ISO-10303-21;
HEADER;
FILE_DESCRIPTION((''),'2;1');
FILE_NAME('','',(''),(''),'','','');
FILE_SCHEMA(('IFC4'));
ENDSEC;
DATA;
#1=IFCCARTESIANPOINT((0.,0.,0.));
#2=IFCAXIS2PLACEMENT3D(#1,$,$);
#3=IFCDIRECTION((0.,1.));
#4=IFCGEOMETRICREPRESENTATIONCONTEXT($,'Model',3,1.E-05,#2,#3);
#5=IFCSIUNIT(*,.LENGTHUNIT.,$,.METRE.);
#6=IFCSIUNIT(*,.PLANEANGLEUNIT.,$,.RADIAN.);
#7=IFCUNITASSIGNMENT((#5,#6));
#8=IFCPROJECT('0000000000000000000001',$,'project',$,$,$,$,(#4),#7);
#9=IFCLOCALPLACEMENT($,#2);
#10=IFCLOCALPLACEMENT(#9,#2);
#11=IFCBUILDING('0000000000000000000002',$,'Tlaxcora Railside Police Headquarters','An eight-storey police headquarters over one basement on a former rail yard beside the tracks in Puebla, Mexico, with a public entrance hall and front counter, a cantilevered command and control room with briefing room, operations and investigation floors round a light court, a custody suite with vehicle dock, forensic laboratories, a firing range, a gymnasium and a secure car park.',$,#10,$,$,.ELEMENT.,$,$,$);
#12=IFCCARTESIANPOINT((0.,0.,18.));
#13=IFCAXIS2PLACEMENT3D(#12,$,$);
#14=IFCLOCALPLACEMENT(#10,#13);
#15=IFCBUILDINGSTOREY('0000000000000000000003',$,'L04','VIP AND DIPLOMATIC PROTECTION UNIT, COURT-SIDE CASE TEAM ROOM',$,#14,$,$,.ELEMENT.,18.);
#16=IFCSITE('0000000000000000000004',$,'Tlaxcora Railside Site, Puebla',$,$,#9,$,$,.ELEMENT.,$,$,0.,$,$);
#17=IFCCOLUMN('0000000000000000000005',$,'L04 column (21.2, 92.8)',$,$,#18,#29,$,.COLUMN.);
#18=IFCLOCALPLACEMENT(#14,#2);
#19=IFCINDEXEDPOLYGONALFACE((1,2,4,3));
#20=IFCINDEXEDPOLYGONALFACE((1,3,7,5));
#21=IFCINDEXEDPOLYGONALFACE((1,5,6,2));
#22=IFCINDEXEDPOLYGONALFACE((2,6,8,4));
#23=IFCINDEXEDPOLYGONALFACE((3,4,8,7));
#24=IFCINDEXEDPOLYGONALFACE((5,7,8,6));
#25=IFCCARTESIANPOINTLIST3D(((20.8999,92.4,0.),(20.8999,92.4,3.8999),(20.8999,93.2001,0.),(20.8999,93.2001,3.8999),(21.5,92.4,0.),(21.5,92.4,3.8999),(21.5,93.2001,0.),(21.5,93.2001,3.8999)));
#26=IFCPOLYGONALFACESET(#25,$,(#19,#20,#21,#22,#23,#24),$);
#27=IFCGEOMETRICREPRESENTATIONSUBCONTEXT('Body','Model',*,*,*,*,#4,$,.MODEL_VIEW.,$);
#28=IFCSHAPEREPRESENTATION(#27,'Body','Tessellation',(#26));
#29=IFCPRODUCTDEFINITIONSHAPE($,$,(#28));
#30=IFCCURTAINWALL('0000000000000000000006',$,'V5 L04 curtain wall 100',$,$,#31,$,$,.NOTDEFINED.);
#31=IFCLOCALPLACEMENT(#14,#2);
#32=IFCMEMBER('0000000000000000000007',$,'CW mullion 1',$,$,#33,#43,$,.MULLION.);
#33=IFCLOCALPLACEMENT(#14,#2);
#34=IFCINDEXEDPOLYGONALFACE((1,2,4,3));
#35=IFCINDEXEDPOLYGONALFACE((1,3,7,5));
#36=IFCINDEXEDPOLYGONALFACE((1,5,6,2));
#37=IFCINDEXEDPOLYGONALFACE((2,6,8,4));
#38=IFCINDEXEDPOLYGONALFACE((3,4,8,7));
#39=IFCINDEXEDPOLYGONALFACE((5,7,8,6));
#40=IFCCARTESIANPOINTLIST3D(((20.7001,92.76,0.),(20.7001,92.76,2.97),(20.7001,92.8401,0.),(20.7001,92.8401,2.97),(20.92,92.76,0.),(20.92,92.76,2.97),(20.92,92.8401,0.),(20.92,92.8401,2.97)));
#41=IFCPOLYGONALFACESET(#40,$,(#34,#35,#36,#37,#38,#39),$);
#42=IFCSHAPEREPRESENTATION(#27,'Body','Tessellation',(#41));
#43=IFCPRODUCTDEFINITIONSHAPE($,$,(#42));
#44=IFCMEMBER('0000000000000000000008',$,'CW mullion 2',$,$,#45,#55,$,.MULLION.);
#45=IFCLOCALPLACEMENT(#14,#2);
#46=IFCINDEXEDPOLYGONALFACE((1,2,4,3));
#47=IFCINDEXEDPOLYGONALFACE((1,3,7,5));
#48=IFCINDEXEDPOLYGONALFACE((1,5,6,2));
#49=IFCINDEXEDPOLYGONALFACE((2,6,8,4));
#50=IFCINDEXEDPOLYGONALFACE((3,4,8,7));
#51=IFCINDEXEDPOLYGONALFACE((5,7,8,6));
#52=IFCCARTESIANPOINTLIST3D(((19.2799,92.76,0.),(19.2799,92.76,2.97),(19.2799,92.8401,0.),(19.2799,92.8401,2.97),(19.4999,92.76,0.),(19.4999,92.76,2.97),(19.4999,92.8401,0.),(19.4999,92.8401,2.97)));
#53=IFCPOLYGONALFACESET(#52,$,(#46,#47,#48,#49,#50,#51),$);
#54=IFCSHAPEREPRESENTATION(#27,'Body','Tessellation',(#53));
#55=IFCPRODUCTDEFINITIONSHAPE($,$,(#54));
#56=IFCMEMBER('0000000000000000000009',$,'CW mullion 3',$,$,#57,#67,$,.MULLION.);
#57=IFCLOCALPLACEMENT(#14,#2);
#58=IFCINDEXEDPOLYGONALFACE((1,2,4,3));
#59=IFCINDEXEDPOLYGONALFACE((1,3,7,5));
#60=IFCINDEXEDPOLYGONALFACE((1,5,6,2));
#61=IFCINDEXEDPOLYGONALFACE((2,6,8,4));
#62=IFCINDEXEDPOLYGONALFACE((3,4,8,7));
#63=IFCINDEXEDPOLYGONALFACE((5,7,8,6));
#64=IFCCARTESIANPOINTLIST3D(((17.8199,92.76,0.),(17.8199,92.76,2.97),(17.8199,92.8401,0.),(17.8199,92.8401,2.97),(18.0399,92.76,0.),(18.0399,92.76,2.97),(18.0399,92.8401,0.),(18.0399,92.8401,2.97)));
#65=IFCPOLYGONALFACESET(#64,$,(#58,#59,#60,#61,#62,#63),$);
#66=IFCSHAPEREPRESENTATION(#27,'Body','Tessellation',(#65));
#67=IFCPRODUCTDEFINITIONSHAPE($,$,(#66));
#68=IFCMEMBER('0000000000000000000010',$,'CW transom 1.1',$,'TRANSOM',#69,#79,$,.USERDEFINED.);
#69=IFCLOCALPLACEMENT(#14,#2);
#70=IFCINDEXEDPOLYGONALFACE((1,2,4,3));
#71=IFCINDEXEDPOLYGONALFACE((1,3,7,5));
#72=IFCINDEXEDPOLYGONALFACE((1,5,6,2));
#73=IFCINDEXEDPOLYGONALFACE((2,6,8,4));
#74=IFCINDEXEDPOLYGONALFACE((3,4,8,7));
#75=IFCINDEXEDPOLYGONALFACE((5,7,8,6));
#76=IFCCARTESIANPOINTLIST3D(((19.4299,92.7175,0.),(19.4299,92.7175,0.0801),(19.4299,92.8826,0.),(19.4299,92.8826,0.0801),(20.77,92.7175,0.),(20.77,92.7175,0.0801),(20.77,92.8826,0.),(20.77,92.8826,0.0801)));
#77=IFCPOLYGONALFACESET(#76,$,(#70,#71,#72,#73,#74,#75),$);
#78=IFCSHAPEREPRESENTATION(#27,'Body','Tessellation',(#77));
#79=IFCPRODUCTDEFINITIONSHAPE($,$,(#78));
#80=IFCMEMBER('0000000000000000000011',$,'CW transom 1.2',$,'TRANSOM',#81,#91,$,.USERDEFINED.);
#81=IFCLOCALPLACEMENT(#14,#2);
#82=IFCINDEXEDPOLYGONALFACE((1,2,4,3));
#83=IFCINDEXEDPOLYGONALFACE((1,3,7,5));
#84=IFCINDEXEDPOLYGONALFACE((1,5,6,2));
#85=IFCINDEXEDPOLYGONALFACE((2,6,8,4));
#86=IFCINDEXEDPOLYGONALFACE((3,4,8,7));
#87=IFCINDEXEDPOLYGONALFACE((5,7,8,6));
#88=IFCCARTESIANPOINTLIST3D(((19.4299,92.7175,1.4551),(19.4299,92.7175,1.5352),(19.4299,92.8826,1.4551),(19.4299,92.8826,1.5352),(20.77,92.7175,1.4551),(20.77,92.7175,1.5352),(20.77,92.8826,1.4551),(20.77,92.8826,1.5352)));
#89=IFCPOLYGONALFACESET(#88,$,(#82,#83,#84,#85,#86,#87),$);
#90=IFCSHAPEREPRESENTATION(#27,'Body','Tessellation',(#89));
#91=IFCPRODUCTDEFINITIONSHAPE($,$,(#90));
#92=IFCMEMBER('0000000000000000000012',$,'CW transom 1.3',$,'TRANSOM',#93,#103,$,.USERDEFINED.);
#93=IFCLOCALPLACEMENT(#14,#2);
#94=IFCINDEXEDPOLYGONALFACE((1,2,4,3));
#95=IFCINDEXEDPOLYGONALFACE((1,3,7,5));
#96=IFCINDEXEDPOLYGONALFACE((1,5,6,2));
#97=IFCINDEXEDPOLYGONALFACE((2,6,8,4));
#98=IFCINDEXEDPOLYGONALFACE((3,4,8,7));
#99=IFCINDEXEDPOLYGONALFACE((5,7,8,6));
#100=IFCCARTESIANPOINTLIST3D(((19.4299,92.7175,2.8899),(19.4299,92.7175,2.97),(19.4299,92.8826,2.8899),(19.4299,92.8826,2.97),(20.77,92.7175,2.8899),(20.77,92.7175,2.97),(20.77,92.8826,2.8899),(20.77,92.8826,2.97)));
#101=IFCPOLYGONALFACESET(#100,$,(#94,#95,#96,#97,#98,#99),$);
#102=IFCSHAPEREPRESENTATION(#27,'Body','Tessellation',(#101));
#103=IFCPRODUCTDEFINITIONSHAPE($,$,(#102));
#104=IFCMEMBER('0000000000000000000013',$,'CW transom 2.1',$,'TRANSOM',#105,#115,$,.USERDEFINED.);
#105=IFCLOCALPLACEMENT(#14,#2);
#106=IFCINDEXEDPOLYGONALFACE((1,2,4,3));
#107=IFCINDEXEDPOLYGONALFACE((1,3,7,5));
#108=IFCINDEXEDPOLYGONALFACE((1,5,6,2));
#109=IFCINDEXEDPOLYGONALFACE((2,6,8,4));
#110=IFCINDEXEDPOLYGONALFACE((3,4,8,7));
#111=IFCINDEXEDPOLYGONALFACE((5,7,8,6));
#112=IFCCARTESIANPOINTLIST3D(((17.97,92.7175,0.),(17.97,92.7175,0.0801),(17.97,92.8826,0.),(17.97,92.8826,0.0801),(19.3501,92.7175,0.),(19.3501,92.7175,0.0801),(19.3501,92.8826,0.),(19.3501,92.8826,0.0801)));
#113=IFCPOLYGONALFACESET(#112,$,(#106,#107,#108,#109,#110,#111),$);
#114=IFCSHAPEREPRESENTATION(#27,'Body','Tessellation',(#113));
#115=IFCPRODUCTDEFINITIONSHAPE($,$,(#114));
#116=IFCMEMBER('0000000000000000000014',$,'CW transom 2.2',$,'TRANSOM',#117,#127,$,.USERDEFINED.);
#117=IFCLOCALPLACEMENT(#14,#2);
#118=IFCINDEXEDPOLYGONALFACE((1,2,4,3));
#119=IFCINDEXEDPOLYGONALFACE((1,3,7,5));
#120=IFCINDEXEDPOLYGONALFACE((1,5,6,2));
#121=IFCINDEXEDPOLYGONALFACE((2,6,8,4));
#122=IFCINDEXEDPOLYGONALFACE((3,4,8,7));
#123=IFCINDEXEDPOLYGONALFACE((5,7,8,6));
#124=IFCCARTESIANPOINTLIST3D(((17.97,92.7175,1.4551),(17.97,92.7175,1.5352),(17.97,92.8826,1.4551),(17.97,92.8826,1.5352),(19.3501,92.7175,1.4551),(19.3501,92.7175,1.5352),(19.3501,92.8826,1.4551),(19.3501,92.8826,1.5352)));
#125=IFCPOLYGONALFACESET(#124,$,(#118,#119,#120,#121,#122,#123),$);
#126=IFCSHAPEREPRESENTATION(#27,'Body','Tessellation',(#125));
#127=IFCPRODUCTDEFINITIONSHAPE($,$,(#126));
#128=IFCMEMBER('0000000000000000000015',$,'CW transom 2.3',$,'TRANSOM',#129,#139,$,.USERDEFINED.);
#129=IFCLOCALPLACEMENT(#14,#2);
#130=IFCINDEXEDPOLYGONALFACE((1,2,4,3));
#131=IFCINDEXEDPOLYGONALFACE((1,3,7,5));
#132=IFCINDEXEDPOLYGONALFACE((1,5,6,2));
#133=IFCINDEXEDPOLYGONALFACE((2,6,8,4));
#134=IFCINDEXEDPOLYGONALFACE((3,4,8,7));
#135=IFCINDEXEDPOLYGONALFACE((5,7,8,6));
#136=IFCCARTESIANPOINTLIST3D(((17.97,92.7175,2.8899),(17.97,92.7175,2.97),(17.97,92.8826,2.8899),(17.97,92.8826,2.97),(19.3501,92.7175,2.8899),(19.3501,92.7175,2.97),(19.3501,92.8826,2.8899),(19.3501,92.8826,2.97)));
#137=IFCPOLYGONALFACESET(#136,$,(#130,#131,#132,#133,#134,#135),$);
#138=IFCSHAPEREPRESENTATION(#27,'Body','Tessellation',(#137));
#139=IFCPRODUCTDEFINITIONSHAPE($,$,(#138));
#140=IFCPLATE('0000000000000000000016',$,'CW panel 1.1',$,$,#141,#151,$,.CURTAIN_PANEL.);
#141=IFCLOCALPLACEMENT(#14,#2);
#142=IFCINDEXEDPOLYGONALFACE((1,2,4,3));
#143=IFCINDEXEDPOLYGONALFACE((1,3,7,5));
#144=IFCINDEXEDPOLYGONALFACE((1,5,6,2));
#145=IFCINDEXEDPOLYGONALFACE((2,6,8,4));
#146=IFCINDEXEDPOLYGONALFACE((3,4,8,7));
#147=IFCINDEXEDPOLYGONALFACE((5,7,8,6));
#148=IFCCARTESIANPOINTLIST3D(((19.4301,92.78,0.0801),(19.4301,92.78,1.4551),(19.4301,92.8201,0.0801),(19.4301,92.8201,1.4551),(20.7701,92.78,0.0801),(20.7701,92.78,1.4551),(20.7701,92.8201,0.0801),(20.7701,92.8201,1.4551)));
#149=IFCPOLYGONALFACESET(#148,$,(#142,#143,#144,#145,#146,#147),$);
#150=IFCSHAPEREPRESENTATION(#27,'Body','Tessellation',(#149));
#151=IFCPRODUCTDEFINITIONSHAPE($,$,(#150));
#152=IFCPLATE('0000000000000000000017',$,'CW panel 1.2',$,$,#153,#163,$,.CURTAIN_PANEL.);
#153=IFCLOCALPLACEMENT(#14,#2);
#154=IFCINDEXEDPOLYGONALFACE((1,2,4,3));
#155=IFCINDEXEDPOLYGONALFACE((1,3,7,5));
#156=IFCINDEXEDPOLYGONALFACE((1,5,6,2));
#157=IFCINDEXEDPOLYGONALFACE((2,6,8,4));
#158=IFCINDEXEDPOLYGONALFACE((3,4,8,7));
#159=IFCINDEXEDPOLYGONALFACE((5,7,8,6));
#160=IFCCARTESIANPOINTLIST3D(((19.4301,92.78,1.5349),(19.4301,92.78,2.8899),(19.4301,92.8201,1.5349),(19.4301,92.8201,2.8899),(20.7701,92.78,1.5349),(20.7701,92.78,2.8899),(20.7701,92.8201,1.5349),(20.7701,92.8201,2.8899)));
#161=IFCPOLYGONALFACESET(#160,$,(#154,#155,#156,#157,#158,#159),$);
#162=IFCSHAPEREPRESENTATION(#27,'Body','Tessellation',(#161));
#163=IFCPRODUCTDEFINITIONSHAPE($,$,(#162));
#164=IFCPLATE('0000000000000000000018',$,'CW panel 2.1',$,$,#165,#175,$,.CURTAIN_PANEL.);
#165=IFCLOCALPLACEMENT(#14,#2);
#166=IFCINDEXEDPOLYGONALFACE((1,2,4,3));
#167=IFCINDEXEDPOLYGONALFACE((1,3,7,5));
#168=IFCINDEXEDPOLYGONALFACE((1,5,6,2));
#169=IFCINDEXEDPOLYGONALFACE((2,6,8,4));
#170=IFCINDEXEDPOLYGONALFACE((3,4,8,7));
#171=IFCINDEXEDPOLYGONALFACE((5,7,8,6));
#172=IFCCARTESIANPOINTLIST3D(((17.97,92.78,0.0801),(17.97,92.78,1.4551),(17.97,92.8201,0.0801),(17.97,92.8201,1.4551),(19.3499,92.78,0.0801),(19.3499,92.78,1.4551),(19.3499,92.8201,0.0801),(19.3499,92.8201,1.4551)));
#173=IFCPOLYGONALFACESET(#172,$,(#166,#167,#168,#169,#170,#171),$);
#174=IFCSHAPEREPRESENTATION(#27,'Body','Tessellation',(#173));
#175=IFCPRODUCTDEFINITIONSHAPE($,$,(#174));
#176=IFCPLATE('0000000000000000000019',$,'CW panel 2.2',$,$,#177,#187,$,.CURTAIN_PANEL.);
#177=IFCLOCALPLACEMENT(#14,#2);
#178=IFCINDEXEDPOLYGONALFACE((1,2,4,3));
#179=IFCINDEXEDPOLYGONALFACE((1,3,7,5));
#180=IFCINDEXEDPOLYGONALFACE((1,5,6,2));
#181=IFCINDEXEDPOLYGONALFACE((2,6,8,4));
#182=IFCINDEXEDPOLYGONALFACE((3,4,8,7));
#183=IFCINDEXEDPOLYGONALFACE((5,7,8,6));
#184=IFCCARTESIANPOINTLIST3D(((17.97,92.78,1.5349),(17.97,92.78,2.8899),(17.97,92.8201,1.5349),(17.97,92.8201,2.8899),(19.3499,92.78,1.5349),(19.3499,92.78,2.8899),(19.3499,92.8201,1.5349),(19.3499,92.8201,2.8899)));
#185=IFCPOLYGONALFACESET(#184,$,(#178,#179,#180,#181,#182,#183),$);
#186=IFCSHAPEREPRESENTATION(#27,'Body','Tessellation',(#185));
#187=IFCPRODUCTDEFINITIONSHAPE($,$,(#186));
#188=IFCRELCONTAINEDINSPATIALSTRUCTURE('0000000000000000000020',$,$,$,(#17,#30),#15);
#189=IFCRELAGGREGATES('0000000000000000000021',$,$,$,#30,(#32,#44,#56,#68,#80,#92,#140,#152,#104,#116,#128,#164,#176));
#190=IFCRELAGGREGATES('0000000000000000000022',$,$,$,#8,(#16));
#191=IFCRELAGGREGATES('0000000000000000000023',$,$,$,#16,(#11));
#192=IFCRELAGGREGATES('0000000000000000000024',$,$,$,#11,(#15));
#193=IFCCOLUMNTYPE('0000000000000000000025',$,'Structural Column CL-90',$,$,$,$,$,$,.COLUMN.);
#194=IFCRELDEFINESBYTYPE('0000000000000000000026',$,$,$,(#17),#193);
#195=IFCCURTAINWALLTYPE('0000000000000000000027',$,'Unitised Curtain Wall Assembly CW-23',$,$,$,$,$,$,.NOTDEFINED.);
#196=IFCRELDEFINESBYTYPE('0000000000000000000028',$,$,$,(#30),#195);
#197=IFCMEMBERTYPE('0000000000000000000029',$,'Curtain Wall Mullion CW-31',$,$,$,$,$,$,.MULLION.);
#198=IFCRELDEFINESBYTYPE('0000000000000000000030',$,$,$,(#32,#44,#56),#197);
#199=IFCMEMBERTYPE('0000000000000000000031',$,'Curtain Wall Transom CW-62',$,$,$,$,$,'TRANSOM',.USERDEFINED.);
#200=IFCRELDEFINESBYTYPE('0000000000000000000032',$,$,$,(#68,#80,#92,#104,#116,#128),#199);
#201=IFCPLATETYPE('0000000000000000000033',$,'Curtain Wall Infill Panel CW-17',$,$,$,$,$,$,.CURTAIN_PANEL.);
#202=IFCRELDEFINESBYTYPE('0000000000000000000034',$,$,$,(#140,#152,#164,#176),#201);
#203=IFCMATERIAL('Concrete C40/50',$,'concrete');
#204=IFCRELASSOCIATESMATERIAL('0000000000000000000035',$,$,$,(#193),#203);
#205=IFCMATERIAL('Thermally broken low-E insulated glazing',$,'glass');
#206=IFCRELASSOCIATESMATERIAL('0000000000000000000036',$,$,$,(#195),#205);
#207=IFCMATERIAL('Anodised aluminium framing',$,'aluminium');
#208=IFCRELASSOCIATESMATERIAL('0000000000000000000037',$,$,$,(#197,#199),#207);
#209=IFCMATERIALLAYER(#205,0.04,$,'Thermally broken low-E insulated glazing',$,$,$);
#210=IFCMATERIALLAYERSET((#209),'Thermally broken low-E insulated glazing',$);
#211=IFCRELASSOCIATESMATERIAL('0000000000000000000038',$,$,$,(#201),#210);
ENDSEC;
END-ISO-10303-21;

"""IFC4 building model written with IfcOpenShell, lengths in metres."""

from ifc_helpers import new_model, si_unit, direction, frame, origin, origin_2d, place, context, subcontext, project, spatial, rectangle, extrude, material, layer, layer_set, material_profile, profile_set, type_object, element, aggregate, save


model = new_model("IFC4")

# Units and contexts
model_context = context("Model", 3, precision=1e-05, world=origin(), true_north=direction((0.0, 1.0)))
body_context = subcontext(model_context, "Body", "Model", "MODEL_VIEW")
ifc_project = project(units=[si_unit("LENGTHUNIT", "METRE"), si_unit("PLANEANGLEUNIT", "RADIAN")], contexts=[model_context])

# Site, building, storey
site_placement = place(None, origin())
site = spatial("IfcSite", under=ifc_project, at=site_placement, Name="Tlaxcora Railside Site, Puebla", CompositionType="ELEMENT", RefElevation=0.0)
building_placement = place(site_placement, origin())
building = spatial("IfcBuilding", under=site, at=building_placement, Name="Tlaxcora Railside Police Headquarters", Description="An eight-storey police headquarters over one basement on a former rail yard beside the tracks in Puebla, Mexico, with a public entrance hall and front counter, a cantilevered command and control room with briefing room, operations and investigation floors round a light court, a custody suite with vehicle dock, forensic laboratories, a firing range, a gymnasium and a secure car park.", CompositionType="ELEMENT")
storey_placement = place(building_placement, frame((0.0, 0.0, 18.0)))
storey = spatial("IfcBuildingStorey", under=building, at=storey_placement, Name="L04", Description="VIP AND DIPLOMATIC PROTECTION UNIT, COURT-SIDE CASE TEAM ROOM", CompositionType="ELEMENT", Elevation=18.0)

# Column
ifc_material_1 = material(Name="Concrete C40/50", Category="concrete")
ifc_material_profile_1 = material_profile(ifc_material_1, rectangle(XDim=0.6001, YDim=0.8, at=origin_2d()), Name="RC600X800")
ifc_profile_set_1 = profile_set([ifc_material_profile_1], Name="Concrete C40/50")
column_type = type_object("IfcColumnType", Name="Structural Column CL-90", PredefinedType="COLUMN", material=ifc_profile_set_1)
column_placement = place(storey_placement, frame((21.2, 92.8, 0.0), z_axis=(0.0, 0.0, 1.0), x_axis=(1.0, 0.0, 0.0)))
element("IfcColumn", 1, at=column_placement, inside=storey, type_object=column_type, Name="L04 column (21.2, 92.8)", PredefinedType="COLUMN", context=body_context, shape_type="SweptSolid", body=[
    extrude(rectangle(XDim=0.6001, YDim=0.8, at=origin_2d()), origin(), (0.0, 0.0, 1.0), 3.8999),
])

# Curtain wall, members, plates
ifc_material_2 = material(Name="Thermally broken low-E insulated glazing", Category="glass")
curtain_wall_type = type_object("IfcCurtainWallType", Name="Unitised Curtain Wall Assembly CW-23", PredefinedType="NOTDEFINED", material=ifc_material_2)
curtain_wall_placement = place(storey_placement, origin())
curtain_wall = element("IfcCurtainWall", 2, at=curtain_wall_placement, inside=storey, type_object=curtain_wall_type, Name="V5 L04 curtain wall 100", PredefinedType="NOTDEFINED")
ifc_material_3 = material(Name="Anodised aluminium framing", Category="aluminium")
ifc_material_profile_2 = material_profile(ifc_material_3, rectangle(XDim=0.0801, YDim=0.22, at=origin_2d()), Name="AL80X220")
ifc_profile_set_2 = profile_set([ifc_material_profile_2], Name="Anodised aluminium framing")
member_type_1 = type_object("IfcMemberType", Name="Curtain Wall Mullion CW-31", PredefinedType="MULLION", material=ifc_profile_set_2)
member_1_placement = place(storey_placement, frame((20.8101, 92.8, 0.0), z_axis=(0.0, 0.0, 1.0), x_axis=(0.0, -1.0, 0.0)))
member_1 = element("IfcMember", 3, at=member_1_placement, type_object=member_type_1, Name="CW mullion 1", PredefinedType="MULLION", context=body_context, shape_type="SweptSolid", body=[
    extrude(rectangle(XDim=0.0801, YDim=0.22, at=origin_2d()), origin(), (0.0, 0.0, 1.0), 2.97),
])
member_2_placement = place(storey_placement, frame((19.3899, 92.8, 0.0), z_axis=(0.0, 0.0, 1.0), x_axis=(0.0, -1.0, 0.0)))
member_2 = element("IfcMember", 4, at=member_2_placement, type_object=member_type_1, Name="CW mullion 2", PredefinedType="MULLION", context=body_context, shape_type="SweptSolid", body=[
    extrude(rectangle(XDim=0.0801, YDim=0.22, at=origin_2d()), origin(), (0.0, 0.0, 1.0), 2.97),
])
member_3_placement = place(storey_placement, frame((17.9299, 92.8, 0.0), z_axis=(0.0, 0.0, 1.0), x_axis=(0.0, -1.0, 0.0)))
member_3 = element("IfcMember", 5, at=member_3_placement, type_object=member_type_1, Name="CW mullion 3", PredefinedType="MULLION", context=body_context, shape_type="SweptSolid", body=[
    extrude(rectangle(XDim=0.0801, YDim=0.22, at=origin_2d()), origin(), (0.0, 0.0, 1.0), 2.97),
])
ifc_material_profile_3 = material_profile(ifc_material_3, rectangle(XDim=0.165, YDim=0.0801, at=origin_2d()), Name="AL80X165")
ifc_profile_set_3 = profile_set([ifc_material_profile_3], Name="Anodised aluminium framing")
member_type_2 = type_object("IfcMemberType", Name="Curtain Wall Transom CW-62", ElementType="TRANSOM", PredefinedType="USERDEFINED", material=ifc_profile_set_3)
member_4_placement = place(storey_placement, frame((20.77, 92.8, 0.04), z_axis=(-1.0, 0.0, 0.0), x_axis=(0.0, -1.0, 0.0)))
member_4 = element("IfcMember", 6, at=member_4_placement, type_object=member_type_2, Name="CW transom 1.1", ObjectType="TRANSOM", PredefinedType="USERDEFINED", context=body_context, shape_type="SweptSolid", body=[
    extrude(rectangle(XDim=0.165, YDim=0.0801, at=origin_2d()), origin(), (0.0, 0.0, 1.0), 1.3401),
])
member_5_placement = place(storey_placement, frame((20.77, 92.8, 1.4951), z_axis=(-1.0, 0.0, 0.0), x_axis=(0.0, -1.0, 0.0)))
member_5 = element("IfcMember", 7, at=member_5_placement, type_object=member_type_2, Name="CW transom 1.2", ObjectType="TRANSOM", PredefinedType="USERDEFINED", context=body_context, shape_type="SweptSolid", body=[
    extrude(rectangle(XDim=0.165, YDim=0.0801, at=origin_2d()), origin(), (0.0, 0.0, 1.0), 1.3401),
])
member_6_placement = place(storey_placement, frame((20.77, 92.8, 2.9299), z_axis=(-1.0, 0.0, 0.0), x_axis=(0.0, -1.0, 0.0)))
member_6 = element("IfcMember", 8, at=member_6_placement, type_object=member_type_2, Name="CW transom 1.3", ObjectType="TRANSOM", PredefinedType="USERDEFINED", context=body_context, shape_type="SweptSolid", body=[
    extrude(rectangle(XDim=0.165, YDim=0.0801, at=origin_2d()), origin(), (0.0, 0.0, 1.0), 1.3401),
])
member_7_placement = place(storey_placement, frame((19.3501, 92.8, 0.04), z_axis=(-1.0, 0.0, 0.0), x_axis=(0.0, -1.0, 0.0)))
member_7 = element("IfcMember", 9, at=member_7_placement, type_object=member_type_2, Name="CW transom 2.1", ObjectType="TRANSOM", PredefinedType="USERDEFINED", context=body_context, shape_type="SweptSolid", body=[
    extrude(rectangle(XDim=0.165, YDim=0.0801, at=origin_2d()), origin(), (0.0, 0.0, 1.0), 1.3801),
])
member_8_placement = place(storey_placement, frame((19.3501, 92.8, 1.4951), z_axis=(-1.0, 0.0, 0.0), x_axis=(0.0, -1.0, 0.0)))
member_8 = element("IfcMember", 10, at=member_8_placement, type_object=member_type_2, Name="CW transom 2.2", ObjectType="TRANSOM", PredefinedType="USERDEFINED", context=body_context, shape_type="SweptSolid", body=[
    extrude(rectangle(XDim=0.165, YDim=0.0801, at=origin_2d()), origin(), (0.0, 0.0, 1.0), 1.3801),
])
member_9_placement = place(storey_placement, frame((19.3501, 92.8, 2.9299), z_axis=(-1.0, 0.0, 0.0), x_axis=(0.0, -1.0, 0.0)))
member_9 = element("IfcMember", 11, at=member_9_placement, type_object=member_type_2, Name="CW transom 2.3", ObjectType="TRANSOM", PredefinedType="USERDEFINED", context=body_context, shape_type="SweptSolid", body=[
    extrude(rectangle(XDim=0.165, YDim=0.0801, at=origin_2d()), origin(), (0.0, 0.0, 1.0), 1.3801),
])
ifc_layer_1 = layer(ifc_material_2, 0.04, Name="Thermally broken low-E insulated glazing")
ifc_layer_set_1 = layer_set([ifc_layer_1], Name="Thermally broken low-E insulated glazing")
plate_type = type_object("IfcPlateType", Name="Curtain Wall Infill Panel CW-17", PredefinedType="CURTAIN_PANEL", material=ifc_layer_set_1)
plate_1_placement = place(storey_placement, frame((20.1001, 92.8, 0.0801), z_axis=(0.0, 0.0, 1.0), x_axis=(-1.0, 0.0, 0.0)))
plate_1 = element("IfcPlate", 12, at=plate_1_placement, type_object=plate_type, Name="CW panel 1.1", PredefinedType="CURTAIN_PANEL", context=body_context, shape_type="SweptSolid", body=[
    extrude(rectangle(XDim=1.3401, YDim=0.04, at=origin_2d()), origin(), (0.0, 0.0, 1.0), 1.375),
])
plate_2_placement = place(storey_placement, frame((20.1001, 92.8, 1.5349), z_axis=(0.0, 0.0, 1.0), x_axis=(-1.0, 0.0, 0.0)))
plate_2 = element("IfcPlate", 13, at=plate_2_placement, type_object=plate_type, Name="CW panel 1.2", PredefinedType="CURTAIN_PANEL", context=body_context, shape_type="SweptSolid", body=[
    extrude(rectangle(XDim=1.3401, YDim=0.04, at=origin_2d()), origin(), (0.0, 0.0, 1.0), 1.355),
])
plate_3_placement = place(storey_placement, frame((18.6599, 92.8, 0.0801), z_axis=(0.0, 0.0, 1.0), x_axis=(-1.0, 0.0, 0.0)))
plate_3 = element("IfcPlate", 14, at=plate_3_placement, type_object=plate_type, Name="CW panel 2.1", PredefinedType="CURTAIN_PANEL", context=body_context, shape_type="SweptSolid", body=[
    extrude(rectangle(XDim=1.3799, YDim=0.04, at=origin_2d()), origin(), (0.0, 0.0, 1.0), 1.375),
])
plate_4_placement = place(storey_placement, frame((18.6599, 92.8, 1.5349), z_axis=(0.0, 0.0, 1.0), x_axis=(-1.0, 0.0, 0.0)))
plate_4 = element("IfcPlate", 15, at=plate_4_placement, type_object=plate_type, Name="CW panel 2.2", PredefinedType="CURTAIN_PANEL", context=body_context, shape_type="SweptSolid", body=[
    extrude(rectangle(XDim=1.3799, YDim=0.04, at=origin_2d()), origin(), (0.0, 0.0, 1.0), 1.355),
])
aggregate(curtain_wall, [member_1, member_2, member_3, member_4, member_5, member_6, plate_1, plate_2, member_7, member_8, member_9, plate_3, plate_4])

save(model, "model.ifc")
